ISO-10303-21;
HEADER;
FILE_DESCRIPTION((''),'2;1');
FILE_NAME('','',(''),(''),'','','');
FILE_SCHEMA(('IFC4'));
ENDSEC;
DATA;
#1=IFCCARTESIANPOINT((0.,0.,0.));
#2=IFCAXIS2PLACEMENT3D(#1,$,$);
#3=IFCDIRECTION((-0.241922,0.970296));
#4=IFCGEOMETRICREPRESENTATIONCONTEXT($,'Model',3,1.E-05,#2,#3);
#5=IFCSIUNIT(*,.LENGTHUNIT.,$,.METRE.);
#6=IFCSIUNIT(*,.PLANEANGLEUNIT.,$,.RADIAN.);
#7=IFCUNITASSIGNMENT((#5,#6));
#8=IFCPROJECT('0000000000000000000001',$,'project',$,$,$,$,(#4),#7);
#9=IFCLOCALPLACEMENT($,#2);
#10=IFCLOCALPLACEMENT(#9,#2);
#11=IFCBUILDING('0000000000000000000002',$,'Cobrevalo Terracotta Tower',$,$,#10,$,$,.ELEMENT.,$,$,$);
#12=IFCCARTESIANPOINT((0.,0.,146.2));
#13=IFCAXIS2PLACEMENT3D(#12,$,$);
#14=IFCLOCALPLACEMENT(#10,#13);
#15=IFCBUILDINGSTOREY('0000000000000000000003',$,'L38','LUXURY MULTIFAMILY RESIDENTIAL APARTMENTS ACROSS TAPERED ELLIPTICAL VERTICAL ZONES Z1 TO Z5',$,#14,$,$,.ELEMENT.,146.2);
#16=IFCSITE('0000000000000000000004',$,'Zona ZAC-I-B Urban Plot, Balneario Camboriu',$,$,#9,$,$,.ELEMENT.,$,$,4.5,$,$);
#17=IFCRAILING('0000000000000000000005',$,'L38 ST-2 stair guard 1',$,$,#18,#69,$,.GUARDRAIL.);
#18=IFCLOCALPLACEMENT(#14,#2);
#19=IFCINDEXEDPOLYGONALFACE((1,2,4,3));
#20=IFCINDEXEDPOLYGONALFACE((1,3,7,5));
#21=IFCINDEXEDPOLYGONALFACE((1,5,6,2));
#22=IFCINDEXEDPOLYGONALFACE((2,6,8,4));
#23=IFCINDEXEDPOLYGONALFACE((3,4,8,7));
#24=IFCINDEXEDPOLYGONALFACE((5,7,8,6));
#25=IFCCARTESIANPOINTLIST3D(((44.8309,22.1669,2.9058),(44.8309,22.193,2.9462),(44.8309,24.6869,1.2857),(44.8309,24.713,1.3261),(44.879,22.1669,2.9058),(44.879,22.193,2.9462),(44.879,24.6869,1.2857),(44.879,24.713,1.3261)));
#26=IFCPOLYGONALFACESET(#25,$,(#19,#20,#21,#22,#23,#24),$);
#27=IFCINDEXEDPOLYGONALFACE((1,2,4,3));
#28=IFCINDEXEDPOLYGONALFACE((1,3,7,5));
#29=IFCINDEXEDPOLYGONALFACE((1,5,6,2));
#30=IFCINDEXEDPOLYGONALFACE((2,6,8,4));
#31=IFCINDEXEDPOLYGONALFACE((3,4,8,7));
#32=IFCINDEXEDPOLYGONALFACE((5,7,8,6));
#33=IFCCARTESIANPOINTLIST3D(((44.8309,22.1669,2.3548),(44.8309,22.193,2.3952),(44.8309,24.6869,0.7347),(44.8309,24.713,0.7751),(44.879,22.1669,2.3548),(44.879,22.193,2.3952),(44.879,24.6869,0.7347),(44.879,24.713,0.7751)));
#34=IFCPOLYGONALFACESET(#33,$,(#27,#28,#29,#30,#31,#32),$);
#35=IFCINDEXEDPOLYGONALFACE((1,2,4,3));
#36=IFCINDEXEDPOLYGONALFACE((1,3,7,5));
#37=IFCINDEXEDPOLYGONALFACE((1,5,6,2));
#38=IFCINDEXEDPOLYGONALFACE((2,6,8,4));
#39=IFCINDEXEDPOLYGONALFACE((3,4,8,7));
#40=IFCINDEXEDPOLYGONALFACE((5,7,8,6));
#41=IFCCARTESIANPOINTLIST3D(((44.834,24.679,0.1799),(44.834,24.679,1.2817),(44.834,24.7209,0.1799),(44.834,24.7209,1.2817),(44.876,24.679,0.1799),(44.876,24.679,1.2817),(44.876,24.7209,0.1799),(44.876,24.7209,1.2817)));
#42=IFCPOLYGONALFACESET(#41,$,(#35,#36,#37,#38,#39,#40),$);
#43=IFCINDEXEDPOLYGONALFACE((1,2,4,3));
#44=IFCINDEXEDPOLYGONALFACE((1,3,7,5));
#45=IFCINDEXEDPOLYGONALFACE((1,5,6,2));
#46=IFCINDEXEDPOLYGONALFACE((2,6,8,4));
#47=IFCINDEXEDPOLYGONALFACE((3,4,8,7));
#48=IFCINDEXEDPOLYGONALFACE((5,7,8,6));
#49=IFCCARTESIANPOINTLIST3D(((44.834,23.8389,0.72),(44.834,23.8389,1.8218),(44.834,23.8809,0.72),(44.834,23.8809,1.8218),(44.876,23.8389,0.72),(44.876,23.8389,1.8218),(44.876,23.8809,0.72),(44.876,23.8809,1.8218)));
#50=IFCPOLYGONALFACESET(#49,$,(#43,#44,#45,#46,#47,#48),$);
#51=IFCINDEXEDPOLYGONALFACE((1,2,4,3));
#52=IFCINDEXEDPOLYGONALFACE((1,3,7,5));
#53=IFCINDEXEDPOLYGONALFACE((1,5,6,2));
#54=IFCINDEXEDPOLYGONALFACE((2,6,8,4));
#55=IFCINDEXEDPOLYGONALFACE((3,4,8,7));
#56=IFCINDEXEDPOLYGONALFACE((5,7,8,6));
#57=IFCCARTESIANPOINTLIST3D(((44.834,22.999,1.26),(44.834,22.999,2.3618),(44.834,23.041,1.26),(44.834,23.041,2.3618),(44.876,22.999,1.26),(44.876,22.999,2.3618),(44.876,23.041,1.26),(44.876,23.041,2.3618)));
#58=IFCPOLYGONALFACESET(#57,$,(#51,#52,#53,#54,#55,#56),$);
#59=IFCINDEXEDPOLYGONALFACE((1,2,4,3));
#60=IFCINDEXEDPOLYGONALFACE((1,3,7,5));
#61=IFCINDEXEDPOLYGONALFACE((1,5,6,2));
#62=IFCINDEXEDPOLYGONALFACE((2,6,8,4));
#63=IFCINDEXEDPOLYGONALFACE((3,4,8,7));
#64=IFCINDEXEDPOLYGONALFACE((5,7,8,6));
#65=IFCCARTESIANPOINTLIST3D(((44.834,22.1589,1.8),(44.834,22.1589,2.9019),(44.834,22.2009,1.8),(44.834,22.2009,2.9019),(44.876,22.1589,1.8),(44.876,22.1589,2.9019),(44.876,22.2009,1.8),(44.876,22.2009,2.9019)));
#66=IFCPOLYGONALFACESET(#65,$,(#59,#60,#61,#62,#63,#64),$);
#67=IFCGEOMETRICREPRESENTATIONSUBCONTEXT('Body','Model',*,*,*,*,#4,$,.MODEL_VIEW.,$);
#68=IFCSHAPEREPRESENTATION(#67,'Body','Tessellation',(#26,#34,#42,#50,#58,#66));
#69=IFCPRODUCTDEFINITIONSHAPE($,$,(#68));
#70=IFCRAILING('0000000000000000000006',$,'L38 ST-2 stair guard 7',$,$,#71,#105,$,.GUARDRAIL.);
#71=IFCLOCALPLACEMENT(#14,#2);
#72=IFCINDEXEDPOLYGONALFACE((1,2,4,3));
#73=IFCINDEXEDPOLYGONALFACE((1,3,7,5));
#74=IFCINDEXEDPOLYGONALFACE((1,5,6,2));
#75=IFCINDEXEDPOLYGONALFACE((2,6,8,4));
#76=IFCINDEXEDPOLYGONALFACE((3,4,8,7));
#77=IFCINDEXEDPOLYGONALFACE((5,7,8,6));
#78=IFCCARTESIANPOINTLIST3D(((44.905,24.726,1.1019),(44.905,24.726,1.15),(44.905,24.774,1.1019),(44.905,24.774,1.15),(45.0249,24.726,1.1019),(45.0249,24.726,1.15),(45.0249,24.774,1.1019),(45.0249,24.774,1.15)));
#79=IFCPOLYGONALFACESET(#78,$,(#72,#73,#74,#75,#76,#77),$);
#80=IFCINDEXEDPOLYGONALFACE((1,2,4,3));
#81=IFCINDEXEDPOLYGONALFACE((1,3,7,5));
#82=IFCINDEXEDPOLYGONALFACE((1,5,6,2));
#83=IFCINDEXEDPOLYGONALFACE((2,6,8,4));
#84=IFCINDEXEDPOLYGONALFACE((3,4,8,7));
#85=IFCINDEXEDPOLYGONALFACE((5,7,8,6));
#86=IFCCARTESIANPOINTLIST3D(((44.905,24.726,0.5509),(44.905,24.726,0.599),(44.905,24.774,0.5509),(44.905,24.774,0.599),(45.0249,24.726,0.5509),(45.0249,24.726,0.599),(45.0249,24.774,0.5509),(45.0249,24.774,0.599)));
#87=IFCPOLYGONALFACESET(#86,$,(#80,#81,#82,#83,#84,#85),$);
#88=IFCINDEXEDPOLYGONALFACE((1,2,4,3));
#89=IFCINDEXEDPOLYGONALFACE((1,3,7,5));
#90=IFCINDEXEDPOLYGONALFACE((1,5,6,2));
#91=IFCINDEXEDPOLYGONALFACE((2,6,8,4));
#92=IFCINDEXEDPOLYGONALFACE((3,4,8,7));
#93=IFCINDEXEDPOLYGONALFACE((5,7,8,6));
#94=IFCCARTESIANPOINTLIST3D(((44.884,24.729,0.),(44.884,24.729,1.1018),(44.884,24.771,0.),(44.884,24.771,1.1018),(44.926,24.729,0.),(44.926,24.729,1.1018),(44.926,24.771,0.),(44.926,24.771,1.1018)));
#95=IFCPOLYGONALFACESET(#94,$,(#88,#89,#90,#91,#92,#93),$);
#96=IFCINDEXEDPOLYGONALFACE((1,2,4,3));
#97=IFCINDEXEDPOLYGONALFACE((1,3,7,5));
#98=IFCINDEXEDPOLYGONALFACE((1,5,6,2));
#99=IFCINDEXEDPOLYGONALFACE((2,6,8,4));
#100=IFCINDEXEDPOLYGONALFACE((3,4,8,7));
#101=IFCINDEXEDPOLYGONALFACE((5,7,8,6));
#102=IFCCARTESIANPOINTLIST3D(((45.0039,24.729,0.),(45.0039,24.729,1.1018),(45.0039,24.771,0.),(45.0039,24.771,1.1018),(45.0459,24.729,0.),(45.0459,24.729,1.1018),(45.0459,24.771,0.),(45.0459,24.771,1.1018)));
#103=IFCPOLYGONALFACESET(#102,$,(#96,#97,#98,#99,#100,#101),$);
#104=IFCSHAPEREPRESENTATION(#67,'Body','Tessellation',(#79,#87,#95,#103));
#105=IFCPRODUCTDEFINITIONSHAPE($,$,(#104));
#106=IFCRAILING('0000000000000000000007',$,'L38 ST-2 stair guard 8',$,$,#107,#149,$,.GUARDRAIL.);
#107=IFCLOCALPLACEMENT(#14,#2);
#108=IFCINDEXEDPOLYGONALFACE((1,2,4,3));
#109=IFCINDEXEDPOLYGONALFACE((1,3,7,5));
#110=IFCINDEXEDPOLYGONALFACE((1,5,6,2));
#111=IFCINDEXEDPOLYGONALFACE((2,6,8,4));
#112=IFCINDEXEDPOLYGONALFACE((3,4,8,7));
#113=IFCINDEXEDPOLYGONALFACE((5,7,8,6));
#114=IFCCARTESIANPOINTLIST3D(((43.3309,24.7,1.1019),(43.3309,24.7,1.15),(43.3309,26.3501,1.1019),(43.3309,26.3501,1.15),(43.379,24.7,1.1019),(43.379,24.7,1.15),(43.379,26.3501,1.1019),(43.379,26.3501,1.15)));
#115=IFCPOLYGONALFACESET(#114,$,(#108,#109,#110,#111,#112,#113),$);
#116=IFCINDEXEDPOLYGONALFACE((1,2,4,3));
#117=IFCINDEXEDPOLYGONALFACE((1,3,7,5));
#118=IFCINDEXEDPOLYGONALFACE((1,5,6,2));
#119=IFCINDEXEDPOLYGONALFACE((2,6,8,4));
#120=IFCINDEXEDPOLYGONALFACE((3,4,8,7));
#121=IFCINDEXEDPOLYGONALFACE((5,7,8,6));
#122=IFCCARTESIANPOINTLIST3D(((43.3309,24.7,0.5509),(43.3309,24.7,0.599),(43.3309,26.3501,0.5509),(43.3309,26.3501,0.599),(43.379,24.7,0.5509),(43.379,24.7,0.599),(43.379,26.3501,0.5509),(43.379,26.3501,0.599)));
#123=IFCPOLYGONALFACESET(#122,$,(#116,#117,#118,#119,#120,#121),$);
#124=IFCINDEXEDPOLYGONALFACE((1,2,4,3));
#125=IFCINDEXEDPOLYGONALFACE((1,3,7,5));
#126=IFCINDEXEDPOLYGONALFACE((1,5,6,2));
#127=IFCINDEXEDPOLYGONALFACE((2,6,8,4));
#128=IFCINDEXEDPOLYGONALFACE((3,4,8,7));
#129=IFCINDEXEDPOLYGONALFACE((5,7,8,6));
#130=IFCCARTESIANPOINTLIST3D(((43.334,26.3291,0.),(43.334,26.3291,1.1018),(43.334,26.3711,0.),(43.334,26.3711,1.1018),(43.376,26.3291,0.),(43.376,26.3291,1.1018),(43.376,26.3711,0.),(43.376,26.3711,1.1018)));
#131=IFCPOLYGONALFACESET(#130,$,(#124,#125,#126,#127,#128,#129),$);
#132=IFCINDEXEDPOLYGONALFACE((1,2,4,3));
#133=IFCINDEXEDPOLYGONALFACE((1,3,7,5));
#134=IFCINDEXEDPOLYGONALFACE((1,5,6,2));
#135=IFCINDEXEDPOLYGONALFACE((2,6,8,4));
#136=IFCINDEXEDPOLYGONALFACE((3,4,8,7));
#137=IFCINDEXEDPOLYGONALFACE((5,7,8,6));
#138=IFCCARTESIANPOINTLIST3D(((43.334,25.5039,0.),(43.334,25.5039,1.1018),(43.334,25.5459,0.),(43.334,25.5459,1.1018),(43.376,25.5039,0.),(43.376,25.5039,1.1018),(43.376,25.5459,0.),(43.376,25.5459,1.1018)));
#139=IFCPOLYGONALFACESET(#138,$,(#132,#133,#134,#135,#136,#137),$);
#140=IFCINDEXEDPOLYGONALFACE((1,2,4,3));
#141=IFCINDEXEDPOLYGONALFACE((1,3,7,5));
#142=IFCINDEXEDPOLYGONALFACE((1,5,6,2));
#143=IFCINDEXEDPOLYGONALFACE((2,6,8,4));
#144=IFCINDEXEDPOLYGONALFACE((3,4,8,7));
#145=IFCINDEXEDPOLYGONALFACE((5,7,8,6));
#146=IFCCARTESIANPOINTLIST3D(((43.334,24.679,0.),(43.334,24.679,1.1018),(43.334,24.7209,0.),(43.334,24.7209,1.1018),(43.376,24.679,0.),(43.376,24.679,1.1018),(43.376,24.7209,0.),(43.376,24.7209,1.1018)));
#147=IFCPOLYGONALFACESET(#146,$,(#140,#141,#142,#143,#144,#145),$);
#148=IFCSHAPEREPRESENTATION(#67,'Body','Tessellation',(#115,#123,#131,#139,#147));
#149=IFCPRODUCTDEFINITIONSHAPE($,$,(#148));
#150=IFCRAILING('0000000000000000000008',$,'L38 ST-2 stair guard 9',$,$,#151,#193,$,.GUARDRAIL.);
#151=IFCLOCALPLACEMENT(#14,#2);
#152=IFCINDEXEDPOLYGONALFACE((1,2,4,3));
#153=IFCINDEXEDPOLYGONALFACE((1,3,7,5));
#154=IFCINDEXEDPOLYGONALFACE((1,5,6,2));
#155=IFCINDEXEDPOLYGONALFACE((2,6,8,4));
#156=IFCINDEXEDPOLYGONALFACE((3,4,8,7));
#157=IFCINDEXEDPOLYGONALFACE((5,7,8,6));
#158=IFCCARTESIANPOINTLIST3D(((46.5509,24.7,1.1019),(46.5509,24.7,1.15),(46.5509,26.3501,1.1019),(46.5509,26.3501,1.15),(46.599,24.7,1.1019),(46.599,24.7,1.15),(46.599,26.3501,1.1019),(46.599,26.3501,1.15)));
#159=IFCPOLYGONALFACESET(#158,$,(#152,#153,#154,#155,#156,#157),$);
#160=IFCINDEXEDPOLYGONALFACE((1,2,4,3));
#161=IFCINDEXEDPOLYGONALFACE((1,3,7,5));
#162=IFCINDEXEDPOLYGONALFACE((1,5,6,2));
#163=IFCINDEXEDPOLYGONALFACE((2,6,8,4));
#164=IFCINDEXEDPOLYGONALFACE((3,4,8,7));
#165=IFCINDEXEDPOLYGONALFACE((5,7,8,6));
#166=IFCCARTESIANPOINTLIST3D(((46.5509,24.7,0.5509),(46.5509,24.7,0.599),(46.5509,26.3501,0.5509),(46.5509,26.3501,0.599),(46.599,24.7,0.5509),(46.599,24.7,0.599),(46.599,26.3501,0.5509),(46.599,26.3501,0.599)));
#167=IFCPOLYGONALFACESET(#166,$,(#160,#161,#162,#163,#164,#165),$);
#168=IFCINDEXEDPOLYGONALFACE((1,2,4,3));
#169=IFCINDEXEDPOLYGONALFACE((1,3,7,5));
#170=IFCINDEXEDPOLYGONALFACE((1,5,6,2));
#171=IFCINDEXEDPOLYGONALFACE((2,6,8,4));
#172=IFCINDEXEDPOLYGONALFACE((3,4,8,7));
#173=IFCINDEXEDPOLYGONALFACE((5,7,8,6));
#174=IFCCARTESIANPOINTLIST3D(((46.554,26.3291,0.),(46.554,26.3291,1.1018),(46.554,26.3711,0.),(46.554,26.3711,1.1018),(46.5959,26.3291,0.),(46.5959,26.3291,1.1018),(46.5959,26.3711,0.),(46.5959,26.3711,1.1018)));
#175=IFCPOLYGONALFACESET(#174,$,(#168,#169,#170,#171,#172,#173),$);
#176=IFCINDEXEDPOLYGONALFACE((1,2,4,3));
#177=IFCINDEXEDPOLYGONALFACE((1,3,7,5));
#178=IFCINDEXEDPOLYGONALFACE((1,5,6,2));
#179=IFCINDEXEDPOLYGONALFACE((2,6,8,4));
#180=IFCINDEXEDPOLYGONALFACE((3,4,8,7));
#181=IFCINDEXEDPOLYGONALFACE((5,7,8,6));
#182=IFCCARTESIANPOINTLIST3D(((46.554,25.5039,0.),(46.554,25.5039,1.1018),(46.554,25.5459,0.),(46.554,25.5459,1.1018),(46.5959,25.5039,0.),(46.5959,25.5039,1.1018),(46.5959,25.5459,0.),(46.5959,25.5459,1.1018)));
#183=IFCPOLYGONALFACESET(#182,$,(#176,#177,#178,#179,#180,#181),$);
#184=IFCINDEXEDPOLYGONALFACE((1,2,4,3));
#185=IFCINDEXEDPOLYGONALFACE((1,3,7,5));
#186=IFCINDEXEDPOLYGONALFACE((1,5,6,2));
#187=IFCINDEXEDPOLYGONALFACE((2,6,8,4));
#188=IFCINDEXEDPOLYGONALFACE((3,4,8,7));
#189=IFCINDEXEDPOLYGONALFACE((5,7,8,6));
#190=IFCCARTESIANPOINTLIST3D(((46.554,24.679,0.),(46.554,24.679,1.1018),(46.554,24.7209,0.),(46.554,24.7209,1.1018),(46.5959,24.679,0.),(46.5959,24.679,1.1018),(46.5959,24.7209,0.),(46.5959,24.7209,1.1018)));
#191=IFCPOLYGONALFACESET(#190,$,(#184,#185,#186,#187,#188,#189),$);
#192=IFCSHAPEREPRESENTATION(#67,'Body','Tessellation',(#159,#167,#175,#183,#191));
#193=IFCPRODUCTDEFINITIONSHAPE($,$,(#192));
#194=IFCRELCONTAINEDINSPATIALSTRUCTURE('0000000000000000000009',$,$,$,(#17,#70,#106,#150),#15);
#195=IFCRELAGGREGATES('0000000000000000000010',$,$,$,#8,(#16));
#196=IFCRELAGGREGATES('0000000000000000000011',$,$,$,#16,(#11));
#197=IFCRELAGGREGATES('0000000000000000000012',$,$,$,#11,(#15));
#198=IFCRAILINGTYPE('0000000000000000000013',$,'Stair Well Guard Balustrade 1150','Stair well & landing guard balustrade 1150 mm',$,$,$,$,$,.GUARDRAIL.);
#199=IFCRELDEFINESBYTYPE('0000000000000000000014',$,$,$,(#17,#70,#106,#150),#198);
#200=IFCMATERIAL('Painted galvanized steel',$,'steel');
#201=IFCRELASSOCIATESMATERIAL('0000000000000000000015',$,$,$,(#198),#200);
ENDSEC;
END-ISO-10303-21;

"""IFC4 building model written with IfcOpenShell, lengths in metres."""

from ifc_helpers import new_model, si_unit, direction, frame, origin, origin_2d, place, context, subcontext, project, spatial, rectangle, extrude, material, type_object, element, save


model = new_model("IFC4")

# Units and contexts
model_context = context("Model", 3, precision=1e-05, world=origin(), true_north=direction((-0.241922, 0.970296)))
body_context = subcontext(model_context, "Body", "Model", "MODEL_VIEW")
ifc_project = project(units=[si_unit("LENGTHUNIT", "METRE"), si_unit("PLANEANGLEUNIT", "RADIAN")], contexts=[model_context])

# Site, building, storey
site_placement = place(None, origin())
site = spatial("IfcSite", under=ifc_project, at=site_placement, Name="Zona ZAC-I-B Urban Plot, Balneario Camboriu", CompositionType="ELEMENT", RefElevation=4.5)
building_placement = place(site_placement, origin())
building = spatial("IfcBuilding", under=site, at=building_placement, Name="Cobrevalo Terracotta Tower", CompositionType="ELEMENT")
storey_placement = place(building_placement, frame((0.0, 0.0, 146.2)))
storey = spatial("IfcBuildingStorey", under=building, at=storey_placement, Name="L38", Description="LUXURY MULTIFAMILY RESIDENTIAL APARTMENTS ACROSS TAPERED ELLIPTICAL VERTICAL ZONES Z1 TO Z5", CompositionType="ELEMENT", Elevation=146.2)

# Railings
ifc_material_1 = material(Name="Painted galvanized steel", Category="steel")
railing_type_1 = type_object("IfcRailingType", Name="Stair Well Guard Balustrade 1150", Description="Stair well & landing guard balustrade 1150 mm", PredefinedType="GUARDRAIL", material=ifc_material_1)
railing_1_placement = place(storey_placement, frame((44.855, 24.7, 0.1799)))
element("IfcRailing", 1, at=railing_1_placement, inside=storey, type_object=railing_type_1, Name="L38 ST-2 stair guard 1", PredefinedType="GUARDRAIL", context=body_context, shape_type="SweptSolid", body=[
    extrude(rectangle(XDim=0.0481, YDim=0.0481, at=origin_2d()), frame((0.0, 0.0, 1.126), z_axis=(0.0, -0.841163, 0.540782), x_axis=(1.0, 0.0, 0.0)), (0.0, 0.0, 1.0), 2.9958),
    extrude(rectangle(XDim=0.0481, YDim=0.0481, at=origin_2d()), frame((0.0, 0.0, 0.575), z_axis=(0.0, -0.841163, 0.540782), x_axis=(1.0, 0.0, 0.0)), (0.0, 0.0, 1.0), 2.9958),
    extrude(rectangle(XDim=0.042, YDim=0.042, at=origin_2d()), origin(), (0.0, 0.0, 1.0), 1.1018),
    extrude(rectangle(XDim=0.042, YDim=0.042, at=origin_2d()), frame((0.0, -0.8401, 0.54)), (0.0, 0.0, 1.0), 1.1018),
    extrude(rectangle(XDim=0.042, YDim=0.042, at=origin_2d()), frame((0.0, -1.6799, 1.0801)), (0.0, 0.0, 1.0), 1.1018),
    extrude(rectangle(XDim=0.042, YDim=0.042, at=origin_2d()), frame((0.0, -2.52, 1.6201)), (0.0, 0.0, 1.0), 1.1018),
])
railing_2_placement = place(storey_placement, frame((44.905, 24.75, 0.0)))
element("IfcRailing", 2, at=railing_2_placement, inside=storey, type_object=railing_type_1, Name="L38 ST-2 stair guard 7", PredefinedType="GUARDRAIL", context=body_context, shape_type="SweptSolid", body=[
    extrude(rectangle(XDim=0.0481, YDim=0.0481, at=origin_2d()), frame((0.0, 0.0, 1.126), z_axis=(1.0, 0.0, 0.0), x_axis=(0.0, 1.0, 0.0)), (0.0, 0.0, 1.0), 0.1199),
    extrude(rectangle(XDim=0.0481, YDim=0.0481, at=origin_2d()), frame((0.0, 0.0, 0.575), z_axis=(1.0, 0.0, 0.0), x_axis=(0.0, 1.0, 0.0)), (0.0, 0.0, 1.0), 0.1199),
    extrude(rectangle(XDim=0.042, YDim=0.042, at=origin_2d()), origin(), (0.0, 0.0, 1.0), 1.1018),
    extrude(rectangle(XDim=0.042, YDim=0.042, at=origin_2d()), frame((0.1199, 0.0, 0.0)), (0.0, 0.0, 1.0), 1.1018),
])
for number, where, name in (
    (3, (43.355, 26.3501, 0.0), "L38 ST-2 stair guard 8"),
    (4, (46.575, 26.3501, 0.0), "L38 ST-2 stair guard 9"),
):
    element("IfcRailing", number, at=place(storey_placement, frame(where)), inside=storey, type_object=railing_type_1, Name=name, PredefinedType="GUARDRAIL", context=body_context, shape_type="SweptSolid", body=[
        extrude(rectangle(XDim=0.0481, YDim=0.0481, at=origin_2d()), frame((0.0, 0.0, 1.126), z_axis=(0.0, -1.0, 0.0), x_axis=(1.0, 0.0, 0.0)), (0.0, 0.0, 1.0), 1.6501),
        extrude(rectangle(XDim=0.0481, YDim=0.0481, at=origin_2d()), frame((0.0, 0.0, 0.575), z_axis=(0.0, -1.0, 0.0), x_axis=(1.0, 0.0, 0.0)), (0.0, 0.0, 1.0), 1.6501),
        extrude(rectangle(XDim=0.042, YDim=0.042, at=origin_2d()), origin(), (0.0, 0.0, 1.0), 1.1018),
        extrude(rectangle(XDim=0.042, YDim=0.042, at=origin_2d()), frame((0.0, -0.8252, 0.0)), (0.0, 0.0, 1.0), 1.1018),
        extrude(rectangle(XDim=0.042, YDim=0.042, at=origin_2d()), frame((0.0, -1.6501, 0.0)), (0.0, 0.0, 1.0), 1.1018),
    ])

save(model, "model.ifc")
